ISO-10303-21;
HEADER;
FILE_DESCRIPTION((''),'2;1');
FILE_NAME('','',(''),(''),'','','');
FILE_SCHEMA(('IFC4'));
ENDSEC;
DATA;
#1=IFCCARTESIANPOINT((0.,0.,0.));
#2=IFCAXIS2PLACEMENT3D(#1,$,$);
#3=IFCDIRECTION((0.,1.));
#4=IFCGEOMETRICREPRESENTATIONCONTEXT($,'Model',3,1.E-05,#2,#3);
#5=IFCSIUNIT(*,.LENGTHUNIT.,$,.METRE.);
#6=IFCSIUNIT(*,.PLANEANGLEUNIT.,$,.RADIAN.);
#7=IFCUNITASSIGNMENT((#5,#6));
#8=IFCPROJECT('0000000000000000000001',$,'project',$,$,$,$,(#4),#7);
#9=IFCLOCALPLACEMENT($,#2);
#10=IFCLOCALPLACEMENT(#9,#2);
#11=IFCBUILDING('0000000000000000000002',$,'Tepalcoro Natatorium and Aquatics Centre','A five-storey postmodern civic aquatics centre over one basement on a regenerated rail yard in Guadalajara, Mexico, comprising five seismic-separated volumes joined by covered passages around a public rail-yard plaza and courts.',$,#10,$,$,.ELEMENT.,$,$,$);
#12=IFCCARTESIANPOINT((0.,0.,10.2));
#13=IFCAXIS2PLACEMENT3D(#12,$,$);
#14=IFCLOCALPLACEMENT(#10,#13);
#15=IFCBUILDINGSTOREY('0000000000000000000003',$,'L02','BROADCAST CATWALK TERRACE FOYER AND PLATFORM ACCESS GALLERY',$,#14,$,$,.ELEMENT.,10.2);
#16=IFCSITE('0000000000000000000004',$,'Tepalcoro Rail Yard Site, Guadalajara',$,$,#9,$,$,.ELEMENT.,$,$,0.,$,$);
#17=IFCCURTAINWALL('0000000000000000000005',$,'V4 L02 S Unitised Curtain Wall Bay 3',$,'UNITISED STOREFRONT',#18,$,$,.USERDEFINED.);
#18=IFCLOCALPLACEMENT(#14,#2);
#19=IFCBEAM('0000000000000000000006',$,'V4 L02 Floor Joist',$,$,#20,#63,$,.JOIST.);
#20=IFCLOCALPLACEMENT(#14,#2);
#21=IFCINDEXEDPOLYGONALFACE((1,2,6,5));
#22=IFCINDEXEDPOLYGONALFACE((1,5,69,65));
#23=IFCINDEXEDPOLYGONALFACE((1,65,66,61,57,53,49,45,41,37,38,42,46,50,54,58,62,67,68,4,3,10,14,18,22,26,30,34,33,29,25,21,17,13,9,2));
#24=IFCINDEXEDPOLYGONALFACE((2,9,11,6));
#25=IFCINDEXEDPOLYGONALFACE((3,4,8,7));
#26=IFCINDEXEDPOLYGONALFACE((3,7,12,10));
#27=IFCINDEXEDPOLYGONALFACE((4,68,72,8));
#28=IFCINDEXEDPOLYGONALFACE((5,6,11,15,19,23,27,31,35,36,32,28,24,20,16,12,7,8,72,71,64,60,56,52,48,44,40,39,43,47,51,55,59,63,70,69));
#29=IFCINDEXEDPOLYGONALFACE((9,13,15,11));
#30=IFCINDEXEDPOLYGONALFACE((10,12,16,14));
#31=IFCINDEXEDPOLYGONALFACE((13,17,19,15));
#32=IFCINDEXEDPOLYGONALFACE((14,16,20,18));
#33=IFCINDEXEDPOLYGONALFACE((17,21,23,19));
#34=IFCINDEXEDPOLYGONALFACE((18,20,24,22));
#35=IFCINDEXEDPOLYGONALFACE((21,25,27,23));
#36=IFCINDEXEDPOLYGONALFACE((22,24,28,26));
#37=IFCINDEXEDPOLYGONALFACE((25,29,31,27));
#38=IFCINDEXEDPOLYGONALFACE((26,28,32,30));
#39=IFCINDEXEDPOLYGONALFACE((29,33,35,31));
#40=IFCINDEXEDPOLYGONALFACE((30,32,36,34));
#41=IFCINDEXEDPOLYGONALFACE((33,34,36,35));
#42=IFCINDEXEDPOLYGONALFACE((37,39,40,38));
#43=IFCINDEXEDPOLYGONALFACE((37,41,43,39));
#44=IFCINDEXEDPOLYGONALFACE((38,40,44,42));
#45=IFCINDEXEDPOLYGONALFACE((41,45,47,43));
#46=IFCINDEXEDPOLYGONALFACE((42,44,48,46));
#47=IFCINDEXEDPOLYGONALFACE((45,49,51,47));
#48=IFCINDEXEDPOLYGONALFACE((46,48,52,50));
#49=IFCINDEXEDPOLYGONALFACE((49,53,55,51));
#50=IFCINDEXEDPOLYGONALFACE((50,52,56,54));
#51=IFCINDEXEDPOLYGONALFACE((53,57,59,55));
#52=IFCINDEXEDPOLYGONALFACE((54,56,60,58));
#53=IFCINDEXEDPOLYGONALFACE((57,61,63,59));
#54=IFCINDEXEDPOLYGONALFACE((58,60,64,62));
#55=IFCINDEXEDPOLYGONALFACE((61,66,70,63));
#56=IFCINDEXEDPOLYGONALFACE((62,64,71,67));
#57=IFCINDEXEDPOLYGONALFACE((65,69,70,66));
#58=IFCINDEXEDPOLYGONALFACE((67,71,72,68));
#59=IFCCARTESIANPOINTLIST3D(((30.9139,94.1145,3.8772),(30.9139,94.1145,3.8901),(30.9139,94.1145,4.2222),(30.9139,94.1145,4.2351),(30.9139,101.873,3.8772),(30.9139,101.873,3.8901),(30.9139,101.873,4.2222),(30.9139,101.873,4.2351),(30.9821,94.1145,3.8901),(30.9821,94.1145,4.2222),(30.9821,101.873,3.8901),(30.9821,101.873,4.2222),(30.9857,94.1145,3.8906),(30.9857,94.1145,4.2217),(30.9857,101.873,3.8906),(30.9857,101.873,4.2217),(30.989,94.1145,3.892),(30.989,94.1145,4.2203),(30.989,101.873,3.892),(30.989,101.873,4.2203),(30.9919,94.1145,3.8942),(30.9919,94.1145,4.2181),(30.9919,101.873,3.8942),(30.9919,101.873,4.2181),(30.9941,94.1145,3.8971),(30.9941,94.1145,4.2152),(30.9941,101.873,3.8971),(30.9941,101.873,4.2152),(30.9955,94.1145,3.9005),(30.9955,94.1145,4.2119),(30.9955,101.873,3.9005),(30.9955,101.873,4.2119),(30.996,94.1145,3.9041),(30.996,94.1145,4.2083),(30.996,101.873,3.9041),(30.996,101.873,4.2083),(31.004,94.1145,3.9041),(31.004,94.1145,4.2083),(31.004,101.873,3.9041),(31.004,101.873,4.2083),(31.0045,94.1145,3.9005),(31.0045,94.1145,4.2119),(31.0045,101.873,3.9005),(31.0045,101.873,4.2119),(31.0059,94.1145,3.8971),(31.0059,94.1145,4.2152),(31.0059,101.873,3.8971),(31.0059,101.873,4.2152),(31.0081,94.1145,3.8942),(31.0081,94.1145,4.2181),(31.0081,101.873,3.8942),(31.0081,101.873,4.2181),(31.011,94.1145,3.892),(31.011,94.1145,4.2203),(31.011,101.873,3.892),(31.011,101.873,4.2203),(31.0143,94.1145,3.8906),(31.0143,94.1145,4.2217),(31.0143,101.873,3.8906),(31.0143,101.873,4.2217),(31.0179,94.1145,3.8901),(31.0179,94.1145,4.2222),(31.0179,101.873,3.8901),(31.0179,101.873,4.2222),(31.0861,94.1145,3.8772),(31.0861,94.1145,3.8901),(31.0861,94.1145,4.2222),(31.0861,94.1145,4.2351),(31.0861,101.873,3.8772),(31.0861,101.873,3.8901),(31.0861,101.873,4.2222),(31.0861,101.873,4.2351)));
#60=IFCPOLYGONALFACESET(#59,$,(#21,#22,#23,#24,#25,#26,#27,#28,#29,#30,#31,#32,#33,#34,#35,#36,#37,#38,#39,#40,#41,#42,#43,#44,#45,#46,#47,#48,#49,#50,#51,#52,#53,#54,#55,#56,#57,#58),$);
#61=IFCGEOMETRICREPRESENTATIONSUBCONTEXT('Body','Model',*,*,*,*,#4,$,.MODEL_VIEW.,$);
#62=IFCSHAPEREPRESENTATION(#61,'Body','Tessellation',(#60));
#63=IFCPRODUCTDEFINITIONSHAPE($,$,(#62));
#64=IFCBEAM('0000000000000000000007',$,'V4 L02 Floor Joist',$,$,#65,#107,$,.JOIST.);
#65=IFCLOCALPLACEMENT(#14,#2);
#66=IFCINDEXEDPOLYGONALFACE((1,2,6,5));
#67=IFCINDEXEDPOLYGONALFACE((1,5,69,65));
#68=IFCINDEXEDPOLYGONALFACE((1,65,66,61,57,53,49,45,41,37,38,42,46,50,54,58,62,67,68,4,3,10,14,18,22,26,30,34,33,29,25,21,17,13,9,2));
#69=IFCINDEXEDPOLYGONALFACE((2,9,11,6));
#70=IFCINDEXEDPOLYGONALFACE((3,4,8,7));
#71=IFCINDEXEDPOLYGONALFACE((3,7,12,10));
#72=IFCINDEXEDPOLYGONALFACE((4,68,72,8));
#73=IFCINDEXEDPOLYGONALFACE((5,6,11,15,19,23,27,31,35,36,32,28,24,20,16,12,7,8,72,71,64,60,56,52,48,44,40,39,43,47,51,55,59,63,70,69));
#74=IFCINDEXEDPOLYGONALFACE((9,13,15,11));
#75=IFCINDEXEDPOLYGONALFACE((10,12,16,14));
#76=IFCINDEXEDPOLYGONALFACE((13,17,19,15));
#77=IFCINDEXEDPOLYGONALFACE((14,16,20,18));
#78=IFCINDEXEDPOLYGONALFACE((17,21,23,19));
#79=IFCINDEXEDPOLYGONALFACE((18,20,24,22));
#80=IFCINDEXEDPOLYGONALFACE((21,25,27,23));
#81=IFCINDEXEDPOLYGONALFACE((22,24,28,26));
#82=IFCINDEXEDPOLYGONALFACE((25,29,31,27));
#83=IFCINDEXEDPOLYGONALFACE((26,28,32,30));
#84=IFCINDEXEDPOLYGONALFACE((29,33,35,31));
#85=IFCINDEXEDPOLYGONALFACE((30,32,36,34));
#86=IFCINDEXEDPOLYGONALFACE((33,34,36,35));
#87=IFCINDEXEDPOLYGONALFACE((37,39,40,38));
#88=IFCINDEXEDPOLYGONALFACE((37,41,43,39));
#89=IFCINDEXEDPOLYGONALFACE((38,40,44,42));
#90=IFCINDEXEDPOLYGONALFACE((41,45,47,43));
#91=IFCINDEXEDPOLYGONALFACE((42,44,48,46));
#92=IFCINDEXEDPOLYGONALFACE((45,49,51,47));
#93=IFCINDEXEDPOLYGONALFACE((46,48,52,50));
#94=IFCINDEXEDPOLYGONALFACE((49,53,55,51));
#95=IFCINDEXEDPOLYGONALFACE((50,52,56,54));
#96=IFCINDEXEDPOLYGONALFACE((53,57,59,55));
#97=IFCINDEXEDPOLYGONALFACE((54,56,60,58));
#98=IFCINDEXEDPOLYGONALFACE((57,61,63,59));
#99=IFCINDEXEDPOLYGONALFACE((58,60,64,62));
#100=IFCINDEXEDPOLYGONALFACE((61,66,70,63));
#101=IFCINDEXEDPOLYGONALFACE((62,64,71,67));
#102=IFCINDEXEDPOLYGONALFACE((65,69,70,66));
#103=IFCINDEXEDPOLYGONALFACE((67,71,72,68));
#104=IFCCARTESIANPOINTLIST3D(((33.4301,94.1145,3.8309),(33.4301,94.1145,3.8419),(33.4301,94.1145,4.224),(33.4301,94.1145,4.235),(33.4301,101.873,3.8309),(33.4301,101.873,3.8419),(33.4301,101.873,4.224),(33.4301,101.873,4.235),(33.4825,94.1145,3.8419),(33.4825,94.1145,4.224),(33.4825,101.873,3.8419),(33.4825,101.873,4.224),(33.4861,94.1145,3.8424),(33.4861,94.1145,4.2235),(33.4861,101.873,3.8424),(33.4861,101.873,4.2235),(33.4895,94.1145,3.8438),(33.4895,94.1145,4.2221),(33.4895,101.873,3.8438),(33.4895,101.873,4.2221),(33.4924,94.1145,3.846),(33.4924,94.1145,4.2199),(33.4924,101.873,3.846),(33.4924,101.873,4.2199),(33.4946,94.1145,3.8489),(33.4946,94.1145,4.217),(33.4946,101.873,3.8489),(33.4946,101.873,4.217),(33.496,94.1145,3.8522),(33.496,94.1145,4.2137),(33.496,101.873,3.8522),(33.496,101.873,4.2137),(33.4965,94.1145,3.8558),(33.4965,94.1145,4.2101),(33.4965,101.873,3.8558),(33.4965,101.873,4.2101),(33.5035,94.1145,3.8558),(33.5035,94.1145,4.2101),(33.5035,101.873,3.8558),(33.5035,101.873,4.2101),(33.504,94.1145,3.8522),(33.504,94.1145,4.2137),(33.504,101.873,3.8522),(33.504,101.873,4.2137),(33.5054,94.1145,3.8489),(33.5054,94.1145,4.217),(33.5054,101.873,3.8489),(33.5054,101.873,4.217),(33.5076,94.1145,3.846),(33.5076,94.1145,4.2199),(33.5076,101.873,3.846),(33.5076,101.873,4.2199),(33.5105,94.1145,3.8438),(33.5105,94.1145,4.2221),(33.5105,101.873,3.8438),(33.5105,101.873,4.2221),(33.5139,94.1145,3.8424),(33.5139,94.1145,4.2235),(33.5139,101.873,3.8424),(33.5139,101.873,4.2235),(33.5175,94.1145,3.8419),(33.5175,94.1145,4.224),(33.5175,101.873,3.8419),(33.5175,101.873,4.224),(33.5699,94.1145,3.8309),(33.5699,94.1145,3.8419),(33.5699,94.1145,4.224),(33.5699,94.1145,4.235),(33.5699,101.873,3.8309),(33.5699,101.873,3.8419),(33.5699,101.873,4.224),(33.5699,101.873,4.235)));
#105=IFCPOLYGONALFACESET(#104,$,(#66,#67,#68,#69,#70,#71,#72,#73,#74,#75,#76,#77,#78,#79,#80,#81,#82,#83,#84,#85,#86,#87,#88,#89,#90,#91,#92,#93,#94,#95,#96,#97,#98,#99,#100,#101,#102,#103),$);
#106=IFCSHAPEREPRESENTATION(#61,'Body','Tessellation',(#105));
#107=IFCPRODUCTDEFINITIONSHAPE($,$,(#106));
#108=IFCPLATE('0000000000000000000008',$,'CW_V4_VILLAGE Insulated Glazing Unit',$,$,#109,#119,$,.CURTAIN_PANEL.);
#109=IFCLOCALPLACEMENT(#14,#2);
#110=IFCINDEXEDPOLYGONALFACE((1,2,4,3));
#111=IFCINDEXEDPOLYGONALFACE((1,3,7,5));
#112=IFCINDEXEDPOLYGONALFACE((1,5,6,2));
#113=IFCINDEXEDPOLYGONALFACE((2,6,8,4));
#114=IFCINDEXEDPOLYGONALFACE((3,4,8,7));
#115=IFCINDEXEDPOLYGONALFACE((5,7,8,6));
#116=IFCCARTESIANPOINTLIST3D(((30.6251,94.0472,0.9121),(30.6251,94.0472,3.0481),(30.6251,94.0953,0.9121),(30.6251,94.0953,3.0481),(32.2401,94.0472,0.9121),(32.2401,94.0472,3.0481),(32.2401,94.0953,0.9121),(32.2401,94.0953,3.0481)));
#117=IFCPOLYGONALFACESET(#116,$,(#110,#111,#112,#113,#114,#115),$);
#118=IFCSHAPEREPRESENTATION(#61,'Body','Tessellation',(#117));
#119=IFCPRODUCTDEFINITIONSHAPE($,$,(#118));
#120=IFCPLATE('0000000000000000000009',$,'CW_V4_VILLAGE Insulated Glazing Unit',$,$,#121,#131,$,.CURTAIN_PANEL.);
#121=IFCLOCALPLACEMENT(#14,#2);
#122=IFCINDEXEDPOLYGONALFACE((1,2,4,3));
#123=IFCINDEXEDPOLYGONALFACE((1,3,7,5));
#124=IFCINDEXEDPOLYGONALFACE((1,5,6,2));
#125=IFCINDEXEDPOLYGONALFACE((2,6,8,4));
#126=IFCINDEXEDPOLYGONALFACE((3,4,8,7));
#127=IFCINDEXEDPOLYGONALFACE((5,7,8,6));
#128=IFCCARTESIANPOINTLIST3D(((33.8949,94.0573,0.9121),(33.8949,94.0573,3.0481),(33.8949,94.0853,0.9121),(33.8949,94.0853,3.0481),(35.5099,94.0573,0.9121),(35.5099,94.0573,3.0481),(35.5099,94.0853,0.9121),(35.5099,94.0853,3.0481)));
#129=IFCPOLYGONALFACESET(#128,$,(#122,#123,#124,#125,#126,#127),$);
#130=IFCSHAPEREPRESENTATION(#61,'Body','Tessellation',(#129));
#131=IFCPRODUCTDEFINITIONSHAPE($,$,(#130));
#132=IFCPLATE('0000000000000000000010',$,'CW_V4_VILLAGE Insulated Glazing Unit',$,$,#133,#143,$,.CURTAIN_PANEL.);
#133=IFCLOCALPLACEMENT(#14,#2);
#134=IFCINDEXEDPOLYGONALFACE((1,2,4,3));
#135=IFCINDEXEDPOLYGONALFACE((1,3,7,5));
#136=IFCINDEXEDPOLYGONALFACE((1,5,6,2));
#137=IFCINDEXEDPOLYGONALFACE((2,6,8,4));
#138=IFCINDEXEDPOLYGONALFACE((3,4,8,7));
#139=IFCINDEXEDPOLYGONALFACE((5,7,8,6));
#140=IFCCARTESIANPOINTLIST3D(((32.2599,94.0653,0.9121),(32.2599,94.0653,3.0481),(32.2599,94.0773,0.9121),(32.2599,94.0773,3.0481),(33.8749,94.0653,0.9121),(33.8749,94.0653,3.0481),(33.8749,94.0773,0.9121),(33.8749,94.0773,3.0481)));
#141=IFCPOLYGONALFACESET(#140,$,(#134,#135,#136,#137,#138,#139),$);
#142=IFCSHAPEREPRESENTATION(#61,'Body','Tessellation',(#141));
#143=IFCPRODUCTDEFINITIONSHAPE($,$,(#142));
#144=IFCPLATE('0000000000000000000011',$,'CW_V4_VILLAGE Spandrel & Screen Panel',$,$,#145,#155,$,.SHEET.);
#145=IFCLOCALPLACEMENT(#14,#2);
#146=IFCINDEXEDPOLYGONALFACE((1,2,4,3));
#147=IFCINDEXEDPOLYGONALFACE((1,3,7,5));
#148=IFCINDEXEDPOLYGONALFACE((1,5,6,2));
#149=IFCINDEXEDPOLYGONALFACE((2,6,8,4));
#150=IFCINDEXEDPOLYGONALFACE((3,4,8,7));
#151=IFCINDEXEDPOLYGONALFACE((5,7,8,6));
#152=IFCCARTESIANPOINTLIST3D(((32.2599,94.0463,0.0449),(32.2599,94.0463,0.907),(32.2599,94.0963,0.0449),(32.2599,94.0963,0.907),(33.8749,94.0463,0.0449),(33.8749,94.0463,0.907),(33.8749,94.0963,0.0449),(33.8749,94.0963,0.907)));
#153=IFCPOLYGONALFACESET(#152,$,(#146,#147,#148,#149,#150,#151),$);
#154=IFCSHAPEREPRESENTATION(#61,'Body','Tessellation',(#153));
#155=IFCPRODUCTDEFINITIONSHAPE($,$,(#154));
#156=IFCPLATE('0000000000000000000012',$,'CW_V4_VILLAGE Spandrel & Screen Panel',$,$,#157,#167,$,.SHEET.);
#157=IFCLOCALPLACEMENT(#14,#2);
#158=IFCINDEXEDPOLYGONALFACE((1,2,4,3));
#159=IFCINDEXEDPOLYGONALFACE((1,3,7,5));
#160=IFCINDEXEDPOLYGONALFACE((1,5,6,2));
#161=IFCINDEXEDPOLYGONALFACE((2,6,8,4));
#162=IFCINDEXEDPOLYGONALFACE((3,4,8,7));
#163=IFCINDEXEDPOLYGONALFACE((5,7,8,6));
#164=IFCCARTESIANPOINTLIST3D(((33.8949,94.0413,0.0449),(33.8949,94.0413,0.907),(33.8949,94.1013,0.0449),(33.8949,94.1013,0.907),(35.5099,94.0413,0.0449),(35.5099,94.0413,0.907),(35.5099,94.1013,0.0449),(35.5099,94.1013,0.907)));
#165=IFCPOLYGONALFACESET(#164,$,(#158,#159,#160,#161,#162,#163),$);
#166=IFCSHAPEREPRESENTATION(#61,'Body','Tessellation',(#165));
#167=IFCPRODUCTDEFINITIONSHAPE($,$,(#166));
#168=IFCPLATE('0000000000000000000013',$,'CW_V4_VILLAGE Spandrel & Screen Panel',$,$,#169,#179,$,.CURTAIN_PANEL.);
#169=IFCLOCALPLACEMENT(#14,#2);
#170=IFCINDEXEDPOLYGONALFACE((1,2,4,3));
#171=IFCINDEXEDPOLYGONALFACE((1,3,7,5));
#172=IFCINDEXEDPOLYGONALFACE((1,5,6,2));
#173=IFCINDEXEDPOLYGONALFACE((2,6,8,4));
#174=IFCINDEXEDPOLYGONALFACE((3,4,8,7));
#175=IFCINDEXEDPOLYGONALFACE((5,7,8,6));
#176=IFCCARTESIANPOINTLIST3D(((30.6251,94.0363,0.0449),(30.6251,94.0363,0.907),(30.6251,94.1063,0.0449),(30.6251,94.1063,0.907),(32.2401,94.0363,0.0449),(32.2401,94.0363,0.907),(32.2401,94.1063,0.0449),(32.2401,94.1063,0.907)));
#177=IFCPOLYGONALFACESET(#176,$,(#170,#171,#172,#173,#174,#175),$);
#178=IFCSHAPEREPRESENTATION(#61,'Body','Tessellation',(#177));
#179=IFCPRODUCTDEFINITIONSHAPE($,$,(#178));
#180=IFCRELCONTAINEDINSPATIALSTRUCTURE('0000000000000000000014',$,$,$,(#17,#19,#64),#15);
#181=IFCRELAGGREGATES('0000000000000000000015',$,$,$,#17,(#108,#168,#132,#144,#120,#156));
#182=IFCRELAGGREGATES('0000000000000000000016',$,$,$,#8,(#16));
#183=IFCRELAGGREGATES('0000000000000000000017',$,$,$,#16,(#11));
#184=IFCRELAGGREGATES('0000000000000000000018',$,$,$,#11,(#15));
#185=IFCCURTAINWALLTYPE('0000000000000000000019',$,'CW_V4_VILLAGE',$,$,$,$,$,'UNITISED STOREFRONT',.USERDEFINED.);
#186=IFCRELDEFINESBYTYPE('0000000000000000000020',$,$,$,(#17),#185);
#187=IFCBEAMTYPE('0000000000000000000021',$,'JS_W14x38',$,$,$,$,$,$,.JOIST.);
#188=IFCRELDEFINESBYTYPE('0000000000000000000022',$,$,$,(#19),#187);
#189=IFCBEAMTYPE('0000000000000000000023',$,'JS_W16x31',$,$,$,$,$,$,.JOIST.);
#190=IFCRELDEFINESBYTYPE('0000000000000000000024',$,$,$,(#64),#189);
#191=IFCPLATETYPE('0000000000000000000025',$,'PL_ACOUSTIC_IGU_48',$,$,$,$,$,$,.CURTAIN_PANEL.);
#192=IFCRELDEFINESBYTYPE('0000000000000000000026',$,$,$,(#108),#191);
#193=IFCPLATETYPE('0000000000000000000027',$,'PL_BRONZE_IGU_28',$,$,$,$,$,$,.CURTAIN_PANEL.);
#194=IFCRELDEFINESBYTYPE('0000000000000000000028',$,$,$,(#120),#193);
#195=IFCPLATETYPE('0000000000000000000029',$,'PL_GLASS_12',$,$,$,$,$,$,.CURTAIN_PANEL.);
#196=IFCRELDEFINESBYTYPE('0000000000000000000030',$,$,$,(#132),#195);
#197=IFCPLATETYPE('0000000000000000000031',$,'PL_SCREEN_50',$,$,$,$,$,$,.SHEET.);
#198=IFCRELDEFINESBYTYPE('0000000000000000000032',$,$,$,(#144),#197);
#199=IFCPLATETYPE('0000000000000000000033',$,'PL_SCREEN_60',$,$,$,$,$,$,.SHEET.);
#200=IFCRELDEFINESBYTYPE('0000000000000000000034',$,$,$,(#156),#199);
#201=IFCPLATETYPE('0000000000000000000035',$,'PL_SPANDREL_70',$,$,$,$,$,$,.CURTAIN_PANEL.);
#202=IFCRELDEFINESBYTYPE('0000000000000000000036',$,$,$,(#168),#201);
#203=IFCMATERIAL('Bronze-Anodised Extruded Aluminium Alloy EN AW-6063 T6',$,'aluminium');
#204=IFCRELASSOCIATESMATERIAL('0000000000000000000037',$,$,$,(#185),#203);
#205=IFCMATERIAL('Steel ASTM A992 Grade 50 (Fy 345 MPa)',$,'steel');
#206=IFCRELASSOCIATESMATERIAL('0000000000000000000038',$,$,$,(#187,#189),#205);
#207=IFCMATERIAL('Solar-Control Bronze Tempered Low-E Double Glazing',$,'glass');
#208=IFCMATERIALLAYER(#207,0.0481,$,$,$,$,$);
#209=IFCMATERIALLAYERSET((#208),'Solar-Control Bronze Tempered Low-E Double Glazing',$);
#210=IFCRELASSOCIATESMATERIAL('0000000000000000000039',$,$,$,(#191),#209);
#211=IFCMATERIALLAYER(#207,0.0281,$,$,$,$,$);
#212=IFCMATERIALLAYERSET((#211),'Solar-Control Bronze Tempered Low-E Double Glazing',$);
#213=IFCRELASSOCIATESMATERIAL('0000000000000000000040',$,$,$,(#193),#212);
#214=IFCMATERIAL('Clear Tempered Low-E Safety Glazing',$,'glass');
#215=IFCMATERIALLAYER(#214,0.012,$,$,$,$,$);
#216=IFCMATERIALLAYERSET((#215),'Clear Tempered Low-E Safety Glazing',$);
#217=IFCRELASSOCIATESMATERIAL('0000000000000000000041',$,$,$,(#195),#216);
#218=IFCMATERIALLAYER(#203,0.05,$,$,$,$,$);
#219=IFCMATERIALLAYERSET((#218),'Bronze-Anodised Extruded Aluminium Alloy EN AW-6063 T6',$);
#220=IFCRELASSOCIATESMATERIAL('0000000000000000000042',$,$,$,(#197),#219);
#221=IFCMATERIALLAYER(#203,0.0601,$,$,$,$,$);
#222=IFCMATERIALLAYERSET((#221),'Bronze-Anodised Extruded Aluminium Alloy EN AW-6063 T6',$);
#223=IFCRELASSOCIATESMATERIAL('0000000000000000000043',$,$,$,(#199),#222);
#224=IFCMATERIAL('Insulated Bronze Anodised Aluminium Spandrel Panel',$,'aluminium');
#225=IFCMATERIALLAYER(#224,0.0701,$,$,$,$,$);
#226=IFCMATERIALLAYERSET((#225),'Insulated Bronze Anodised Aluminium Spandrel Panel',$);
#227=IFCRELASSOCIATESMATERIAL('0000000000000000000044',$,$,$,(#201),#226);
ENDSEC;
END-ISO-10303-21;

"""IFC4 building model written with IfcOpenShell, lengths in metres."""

from ifc_helpers import new_model, si_unit, direction, frame, origin, origin_2d, place, context, subcontext, project, spatial, rectangle, i_section, extrude, material, layer, layer_set, material_profile, profile_set, type_object, element, aggregate, save


model = new_model("IFC4")

# Units and contexts
model_context = context("Model", 3, precision=1e-05, world=origin(), true_north=direction((0.0, 1.0)))
body_context = subcontext(model_context, "Body", "Model", "MODEL_VIEW")
ifc_project = project(units=[si_unit("LENGTHUNIT", "METRE"), si_unit("PLANEANGLEUNIT", "RADIAN")], contexts=[model_context])

# Site, building, storey
site_placement = place(None, origin())
site = spatial("IfcSite", under=ifc_project, at=site_placement, Name="Tepalcoro Rail Yard Site, Guadalajara", CompositionType="ELEMENT", RefElevation=0.0)
building_placement = place(site_placement, origin())
building = spatial("IfcBuilding", under=site, at=building_placement, Name="Tepalcoro Natatorium and Aquatics Centre", Description="A five-storey postmodern civic aquatics centre over one basement on a regenerated rail yard in Guadalajara, Mexico, comprising five seismic-separated volumes joined by covered passages around a public rail-yard plaza and courts.", CompositionType="ELEMENT")
storey_placement = place(building_placement, frame((0.0, 0.0, 10.2)))
storey = spatial("IfcBuildingStorey", under=building, at=storey_placement, Name="L02", Description="BROADCAST CATWALK TERRACE FOYER AND PLATFORM ACCESS GALLERY", CompositionType="ELEMENT", Elevation=10.2)

# Shared definitions
ifc_material_1 = material(Name="Steel ASTM A992 Grade 50 (Fy 345 MPa)", Category="steel")

# Curtain wall
ifc_material_2 = material(Name="Bronze-Anodised Extruded Aluminium Alloy EN AW-6063 T6", Category="aluminium")
curtain_wall_type_1 = type_object("IfcCurtainWallType", Name="CW_V4_VILLAGE", ElementType="UNITISED STOREFRONT", PredefinedType="USERDEFINED", material=ifc_material_2)
curtain_wall_1_placement = place(storey_placement, origin())
curtain_wall_1 = element("IfcCurtainWall", 1, at=curtain_wall_1_placement, inside=storey, type_object=curtain_wall_type_1, Name="V4 L02 S Unitised Curtain Wall Bay 3", ObjectType="UNITISED STOREFRONT", PredefinedType="USERDEFINED")

# Beams
ifc_material_profile_1 = material_profile(ifc_material_1, i_section(OverallWidth=0.1721, OverallDepth=0.3579, WebThickness=0.0081, FlangeThickness=0.0129, FilletRadius=0.0139, at=origin_2d()), Name="W14X38")
ifc_profile_set_1 = profile_set([ifc_material_profile_1], Name="Steel ASTM A992 Grade 50 (Fy 345 MPa)")
beam_type_1 = type_object("IfcBeamType", Name="JS_W14x38", PredefinedType="JOIST", material=ifc_profile_set_1)
beam_1_placement = place(storey_placement, frame((31.0, 94.1145, 4.0562), z_axis=(0.0, 1.0, 0.0), x_axis=(-1.0, 0.0, 0.0)))
element("IfcBeam", 2, at=beam_1_placement, inside=storey, type_object=beam_type_1, Name="V4 L02 Floor Joist", PredefinedType="JOIST", context=body_context, shape_type="SweptSolid", body=[
    extrude(i_section(OverallWidth=0.1721, OverallDepth=0.3579, WebThickness=0.0081, FlangeThickness=0.0129, FilletRadius=0.0139, at=origin_2d()), origin(), (0.0, 0.0, 1.0), 7.7585),
])
ifc_material_profile_2 = material_profile(ifc_material_1, i_section(OverallWidth=0.1399, OverallDepth=0.4041, WebThickness=0.0071, FlangeThickness=0.011, FilletRadius=0.0139, at=origin_2d()), Name="W16X31")
ifc_profile_set_2 = profile_set([ifc_material_profile_2], Name="Steel ASTM A992 Grade 50 (Fy 345 MPa)")
beam_type_2 = type_object("IfcBeamType", Name="JS_W16x31", PredefinedType="JOIST", material=ifc_profile_set_2)
beam_2_placement = place(storey_placement, frame((33.5, 94.1145, 4.033), z_axis=(0.0, 1.0, 0.0), x_axis=(-1.0, 0.0, 0.0)))
element("IfcBeam", 3, at=beam_2_placement, inside=storey, type_object=beam_type_2, Name="V4 L02 Floor Joist", PredefinedType="JOIST", context=body_context, shape_type="SweptSolid", body=[
    extrude(i_section(OverallWidth=0.1399, OverallDepth=0.4041, WebThickness=0.0071, FlangeThickness=0.011, FilletRadius=0.0139, at=origin_2d()), origin(), (0.0, 0.0, 1.0), 7.7585),
])

# Plates
ifc_material_3 = material(Name="Solar-Control Bronze Tempered Low-E Double Glazing", Category="glass")
ifc_layer_1 = layer(ifc_material_3, 0.0481)
ifc_layer_set_1 = layer_set([ifc_layer_1], Name="Solar-Control Bronze Tempered Low-E Double Glazing")
plate_type_1 = type_object("IfcPlateType", Name="PL_ACOUSTIC_IGU_48", PredefinedType="CURTAIN_PANEL", material=ifc_layer_set_1)
plate_1_placement = place(storey_placement, frame((31.4326, 94.0713, 0.9121), z_axis=(0.0, 0.0, 1.0), x_axis=(1.0, 0.0, 0.0)))
plate_1 = element("IfcPlate", 4, at=plate_1_placement, type_object=plate_type_1, Name="CW_V4_VILLAGE Insulated Glazing Unit", PredefinedType="CURTAIN_PANEL", context=body_context, shape_type="SweptSolid", body=[
    extrude(rectangle(XDim=1.615, YDim=0.0481, at=origin_2d()), origin(), (0.0, 0.0, 1.0), 2.136),
])
ifc_layer_2 = layer(ifc_material_3, 0.0281)
ifc_layer_set_2 = layer_set([ifc_layer_2], Name="Solar-Control Bronze Tempered Low-E Double Glazing")
plate_type_2 = type_object("IfcPlateType", Name="PL_BRONZE_IGU_28", PredefinedType="CURTAIN_PANEL", material=ifc_layer_set_2)
plate_2_placement = place(storey_placement, frame((34.7024, 94.0713, 0.9121), z_axis=(0.0, 0.0, 1.0), x_axis=(1.0, 0.0, 0.0)))
plate_2 = element("IfcPlate", 5, at=plate_2_placement, type_object=plate_type_2, Name="CW_V4_VILLAGE Insulated Glazing Unit", PredefinedType="CURTAIN_PANEL", context=body_context, shape_type="SweptSolid", body=[
    extrude(rectangle(XDim=1.615, YDim=0.0281, at=origin_2d()), origin(), (0.0, 0.0, 1.0), 2.136),
])
ifc_material_4 = material(Name="Clear Tempered Low-E Safety Glazing", Category="glass")
ifc_layer_3 = layer(ifc_material_4, 0.012)
ifc_layer_set_3 = layer_set([ifc_layer_3], Name="Clear Tempered Low-E Safety Glazing")
plate_type_3 = type_object("IfcPlateType", Name="PL_GLASS_12", PredefinedType="CURTAIN_PANEL", material=ifc_layer_set_3)
plate_3_placement = place(storey_placement, frame((33.0674, 94.0713, 0.9121), z_axis=(0.0, 0.0, 1.0), x_axis=(1.0, 0.0, 0.0)))
plate_3 = element("IfcPlate", 6, at=plate_3_placement, type_object=plate_type_3, Name="CW_V4_VILLAGE Insulated Glazing Unit", PredefinedType="CURTAIN_PANEL", context=body_context, shape_type="SweptSolid", body=[
    extrude(rectangle(XDim=1.615, YDim=0.012, at=origin_2d()), origin(), (0.0, 0.0, 1.0), 2.136),
])
ifc_layer_4 = layer(ifc_material_2, 0.05)
ifc_layer_set_4 = layer_set([ifc_layer_4], Name="Bronze-Anodised Extruded Aluminium Alloy EN AW-6063 T6")
plate_type_4 = type_object("IfcPlateType", Name="PL_SCREEN_50", PredefinedType="SHEET", material=ifc_layer_set_4)
plate_4_placement = place(storey_placement, frame((33.0674, 94.0713, 0.0449), z_axis=(0.0, 0.0, 1.0), x_axis=(1.0, 0.0, 0.0)))
plate_4 = element("IfcPlate", 7, at=plate_4_placement, type_object=plate_type_4, Name="CW_V4_VILLAGE Spandrel & Screen Panel", PredefinedType="SHEET", context=body_context, shape_type="SweptSolid", body=[
    extrude(rectangle(XDim=1.615, YDim=0.05, at=origin_2d()), origin(), (0.0, 0.0, 1.0), 0.8621),
])
ifc_layer_5 = layer(ifc_material_2, 0.0601)
ifc_layer_set_5 = layer_set([ifc_layer_5], Name="Bronze-Anodised Extruded Aluminium Alloy EN AW-6063 T6")
plate_type_5 = type_object("IfcPlateType", Name="PL_SCREEN_60", PredefinedType="SHEET", material=ifc_layer_set_5)
plate_5_placement = place(storey_placement, frame((34.7024, 94.0713, 0.0449), z_axis=(0.0, 0.0, 1.0), x_axis=(1.0, 0.0, 0.0)))
plate_5 = element("IfcPlate", 8, at=plate_5_placement, type_object=plate_type_5, Name="CW_V4_VILLAGE Spandrel & Screen Panel", PredefinedType="SHEET", context=body_context, shape_type="SweptSolid", body=[
    extrude(rectangle(XDim=1.615, YDim=0.0601, at=origin_2d()), origin(), (0.0, 0.0, 1.0), 0.8621),
])
ifc_material_5 = material(Name="Insulated Bronze Anodised Aluminium Spandrel Panel", Category="aluminium")
ifc_layer_6 = layer(ifc_material_5, 0.0701)
ifc_layer_set_6 = layer_set([ifc_layer_6], Name="Insulated Bronze Anodised Aluminium Spandrel Panel")
plate_type_6 = type_object("IfcPlateType", Name="PL_SPANDREL_70", PredefinedType="CURTAIN_PANEL", material=ifc_layer_set_6)
plate_6_placement = place(storey_placement, frame((31.4326, 94.0713, 0.0449), z_axis=(0.0, 0.0, 1.0), x_axis=(1.0, 0.0, 0.0)))
plate_6 = element("IfcPlate", 9, at=plate_6_placement, type_object=plate_type_6, Name="CW_V4_VILLAGE Spandrel & Screen Panel", PredefinedType="CURTAIN_PANEL", context=body_context, shape_type="SweptSolid", body=[
    extrude(rectangle(XDim=1.615, YDim=0.0701, at=origin_2d()), origin(), (0.0, 0.0, 1.0), 0.8621),
])
aggregate(curtain_wall_1, [plate_1, plate_6, plate_3, plate_4, plate_2, plate_5])

save(model, "model.ifc")
